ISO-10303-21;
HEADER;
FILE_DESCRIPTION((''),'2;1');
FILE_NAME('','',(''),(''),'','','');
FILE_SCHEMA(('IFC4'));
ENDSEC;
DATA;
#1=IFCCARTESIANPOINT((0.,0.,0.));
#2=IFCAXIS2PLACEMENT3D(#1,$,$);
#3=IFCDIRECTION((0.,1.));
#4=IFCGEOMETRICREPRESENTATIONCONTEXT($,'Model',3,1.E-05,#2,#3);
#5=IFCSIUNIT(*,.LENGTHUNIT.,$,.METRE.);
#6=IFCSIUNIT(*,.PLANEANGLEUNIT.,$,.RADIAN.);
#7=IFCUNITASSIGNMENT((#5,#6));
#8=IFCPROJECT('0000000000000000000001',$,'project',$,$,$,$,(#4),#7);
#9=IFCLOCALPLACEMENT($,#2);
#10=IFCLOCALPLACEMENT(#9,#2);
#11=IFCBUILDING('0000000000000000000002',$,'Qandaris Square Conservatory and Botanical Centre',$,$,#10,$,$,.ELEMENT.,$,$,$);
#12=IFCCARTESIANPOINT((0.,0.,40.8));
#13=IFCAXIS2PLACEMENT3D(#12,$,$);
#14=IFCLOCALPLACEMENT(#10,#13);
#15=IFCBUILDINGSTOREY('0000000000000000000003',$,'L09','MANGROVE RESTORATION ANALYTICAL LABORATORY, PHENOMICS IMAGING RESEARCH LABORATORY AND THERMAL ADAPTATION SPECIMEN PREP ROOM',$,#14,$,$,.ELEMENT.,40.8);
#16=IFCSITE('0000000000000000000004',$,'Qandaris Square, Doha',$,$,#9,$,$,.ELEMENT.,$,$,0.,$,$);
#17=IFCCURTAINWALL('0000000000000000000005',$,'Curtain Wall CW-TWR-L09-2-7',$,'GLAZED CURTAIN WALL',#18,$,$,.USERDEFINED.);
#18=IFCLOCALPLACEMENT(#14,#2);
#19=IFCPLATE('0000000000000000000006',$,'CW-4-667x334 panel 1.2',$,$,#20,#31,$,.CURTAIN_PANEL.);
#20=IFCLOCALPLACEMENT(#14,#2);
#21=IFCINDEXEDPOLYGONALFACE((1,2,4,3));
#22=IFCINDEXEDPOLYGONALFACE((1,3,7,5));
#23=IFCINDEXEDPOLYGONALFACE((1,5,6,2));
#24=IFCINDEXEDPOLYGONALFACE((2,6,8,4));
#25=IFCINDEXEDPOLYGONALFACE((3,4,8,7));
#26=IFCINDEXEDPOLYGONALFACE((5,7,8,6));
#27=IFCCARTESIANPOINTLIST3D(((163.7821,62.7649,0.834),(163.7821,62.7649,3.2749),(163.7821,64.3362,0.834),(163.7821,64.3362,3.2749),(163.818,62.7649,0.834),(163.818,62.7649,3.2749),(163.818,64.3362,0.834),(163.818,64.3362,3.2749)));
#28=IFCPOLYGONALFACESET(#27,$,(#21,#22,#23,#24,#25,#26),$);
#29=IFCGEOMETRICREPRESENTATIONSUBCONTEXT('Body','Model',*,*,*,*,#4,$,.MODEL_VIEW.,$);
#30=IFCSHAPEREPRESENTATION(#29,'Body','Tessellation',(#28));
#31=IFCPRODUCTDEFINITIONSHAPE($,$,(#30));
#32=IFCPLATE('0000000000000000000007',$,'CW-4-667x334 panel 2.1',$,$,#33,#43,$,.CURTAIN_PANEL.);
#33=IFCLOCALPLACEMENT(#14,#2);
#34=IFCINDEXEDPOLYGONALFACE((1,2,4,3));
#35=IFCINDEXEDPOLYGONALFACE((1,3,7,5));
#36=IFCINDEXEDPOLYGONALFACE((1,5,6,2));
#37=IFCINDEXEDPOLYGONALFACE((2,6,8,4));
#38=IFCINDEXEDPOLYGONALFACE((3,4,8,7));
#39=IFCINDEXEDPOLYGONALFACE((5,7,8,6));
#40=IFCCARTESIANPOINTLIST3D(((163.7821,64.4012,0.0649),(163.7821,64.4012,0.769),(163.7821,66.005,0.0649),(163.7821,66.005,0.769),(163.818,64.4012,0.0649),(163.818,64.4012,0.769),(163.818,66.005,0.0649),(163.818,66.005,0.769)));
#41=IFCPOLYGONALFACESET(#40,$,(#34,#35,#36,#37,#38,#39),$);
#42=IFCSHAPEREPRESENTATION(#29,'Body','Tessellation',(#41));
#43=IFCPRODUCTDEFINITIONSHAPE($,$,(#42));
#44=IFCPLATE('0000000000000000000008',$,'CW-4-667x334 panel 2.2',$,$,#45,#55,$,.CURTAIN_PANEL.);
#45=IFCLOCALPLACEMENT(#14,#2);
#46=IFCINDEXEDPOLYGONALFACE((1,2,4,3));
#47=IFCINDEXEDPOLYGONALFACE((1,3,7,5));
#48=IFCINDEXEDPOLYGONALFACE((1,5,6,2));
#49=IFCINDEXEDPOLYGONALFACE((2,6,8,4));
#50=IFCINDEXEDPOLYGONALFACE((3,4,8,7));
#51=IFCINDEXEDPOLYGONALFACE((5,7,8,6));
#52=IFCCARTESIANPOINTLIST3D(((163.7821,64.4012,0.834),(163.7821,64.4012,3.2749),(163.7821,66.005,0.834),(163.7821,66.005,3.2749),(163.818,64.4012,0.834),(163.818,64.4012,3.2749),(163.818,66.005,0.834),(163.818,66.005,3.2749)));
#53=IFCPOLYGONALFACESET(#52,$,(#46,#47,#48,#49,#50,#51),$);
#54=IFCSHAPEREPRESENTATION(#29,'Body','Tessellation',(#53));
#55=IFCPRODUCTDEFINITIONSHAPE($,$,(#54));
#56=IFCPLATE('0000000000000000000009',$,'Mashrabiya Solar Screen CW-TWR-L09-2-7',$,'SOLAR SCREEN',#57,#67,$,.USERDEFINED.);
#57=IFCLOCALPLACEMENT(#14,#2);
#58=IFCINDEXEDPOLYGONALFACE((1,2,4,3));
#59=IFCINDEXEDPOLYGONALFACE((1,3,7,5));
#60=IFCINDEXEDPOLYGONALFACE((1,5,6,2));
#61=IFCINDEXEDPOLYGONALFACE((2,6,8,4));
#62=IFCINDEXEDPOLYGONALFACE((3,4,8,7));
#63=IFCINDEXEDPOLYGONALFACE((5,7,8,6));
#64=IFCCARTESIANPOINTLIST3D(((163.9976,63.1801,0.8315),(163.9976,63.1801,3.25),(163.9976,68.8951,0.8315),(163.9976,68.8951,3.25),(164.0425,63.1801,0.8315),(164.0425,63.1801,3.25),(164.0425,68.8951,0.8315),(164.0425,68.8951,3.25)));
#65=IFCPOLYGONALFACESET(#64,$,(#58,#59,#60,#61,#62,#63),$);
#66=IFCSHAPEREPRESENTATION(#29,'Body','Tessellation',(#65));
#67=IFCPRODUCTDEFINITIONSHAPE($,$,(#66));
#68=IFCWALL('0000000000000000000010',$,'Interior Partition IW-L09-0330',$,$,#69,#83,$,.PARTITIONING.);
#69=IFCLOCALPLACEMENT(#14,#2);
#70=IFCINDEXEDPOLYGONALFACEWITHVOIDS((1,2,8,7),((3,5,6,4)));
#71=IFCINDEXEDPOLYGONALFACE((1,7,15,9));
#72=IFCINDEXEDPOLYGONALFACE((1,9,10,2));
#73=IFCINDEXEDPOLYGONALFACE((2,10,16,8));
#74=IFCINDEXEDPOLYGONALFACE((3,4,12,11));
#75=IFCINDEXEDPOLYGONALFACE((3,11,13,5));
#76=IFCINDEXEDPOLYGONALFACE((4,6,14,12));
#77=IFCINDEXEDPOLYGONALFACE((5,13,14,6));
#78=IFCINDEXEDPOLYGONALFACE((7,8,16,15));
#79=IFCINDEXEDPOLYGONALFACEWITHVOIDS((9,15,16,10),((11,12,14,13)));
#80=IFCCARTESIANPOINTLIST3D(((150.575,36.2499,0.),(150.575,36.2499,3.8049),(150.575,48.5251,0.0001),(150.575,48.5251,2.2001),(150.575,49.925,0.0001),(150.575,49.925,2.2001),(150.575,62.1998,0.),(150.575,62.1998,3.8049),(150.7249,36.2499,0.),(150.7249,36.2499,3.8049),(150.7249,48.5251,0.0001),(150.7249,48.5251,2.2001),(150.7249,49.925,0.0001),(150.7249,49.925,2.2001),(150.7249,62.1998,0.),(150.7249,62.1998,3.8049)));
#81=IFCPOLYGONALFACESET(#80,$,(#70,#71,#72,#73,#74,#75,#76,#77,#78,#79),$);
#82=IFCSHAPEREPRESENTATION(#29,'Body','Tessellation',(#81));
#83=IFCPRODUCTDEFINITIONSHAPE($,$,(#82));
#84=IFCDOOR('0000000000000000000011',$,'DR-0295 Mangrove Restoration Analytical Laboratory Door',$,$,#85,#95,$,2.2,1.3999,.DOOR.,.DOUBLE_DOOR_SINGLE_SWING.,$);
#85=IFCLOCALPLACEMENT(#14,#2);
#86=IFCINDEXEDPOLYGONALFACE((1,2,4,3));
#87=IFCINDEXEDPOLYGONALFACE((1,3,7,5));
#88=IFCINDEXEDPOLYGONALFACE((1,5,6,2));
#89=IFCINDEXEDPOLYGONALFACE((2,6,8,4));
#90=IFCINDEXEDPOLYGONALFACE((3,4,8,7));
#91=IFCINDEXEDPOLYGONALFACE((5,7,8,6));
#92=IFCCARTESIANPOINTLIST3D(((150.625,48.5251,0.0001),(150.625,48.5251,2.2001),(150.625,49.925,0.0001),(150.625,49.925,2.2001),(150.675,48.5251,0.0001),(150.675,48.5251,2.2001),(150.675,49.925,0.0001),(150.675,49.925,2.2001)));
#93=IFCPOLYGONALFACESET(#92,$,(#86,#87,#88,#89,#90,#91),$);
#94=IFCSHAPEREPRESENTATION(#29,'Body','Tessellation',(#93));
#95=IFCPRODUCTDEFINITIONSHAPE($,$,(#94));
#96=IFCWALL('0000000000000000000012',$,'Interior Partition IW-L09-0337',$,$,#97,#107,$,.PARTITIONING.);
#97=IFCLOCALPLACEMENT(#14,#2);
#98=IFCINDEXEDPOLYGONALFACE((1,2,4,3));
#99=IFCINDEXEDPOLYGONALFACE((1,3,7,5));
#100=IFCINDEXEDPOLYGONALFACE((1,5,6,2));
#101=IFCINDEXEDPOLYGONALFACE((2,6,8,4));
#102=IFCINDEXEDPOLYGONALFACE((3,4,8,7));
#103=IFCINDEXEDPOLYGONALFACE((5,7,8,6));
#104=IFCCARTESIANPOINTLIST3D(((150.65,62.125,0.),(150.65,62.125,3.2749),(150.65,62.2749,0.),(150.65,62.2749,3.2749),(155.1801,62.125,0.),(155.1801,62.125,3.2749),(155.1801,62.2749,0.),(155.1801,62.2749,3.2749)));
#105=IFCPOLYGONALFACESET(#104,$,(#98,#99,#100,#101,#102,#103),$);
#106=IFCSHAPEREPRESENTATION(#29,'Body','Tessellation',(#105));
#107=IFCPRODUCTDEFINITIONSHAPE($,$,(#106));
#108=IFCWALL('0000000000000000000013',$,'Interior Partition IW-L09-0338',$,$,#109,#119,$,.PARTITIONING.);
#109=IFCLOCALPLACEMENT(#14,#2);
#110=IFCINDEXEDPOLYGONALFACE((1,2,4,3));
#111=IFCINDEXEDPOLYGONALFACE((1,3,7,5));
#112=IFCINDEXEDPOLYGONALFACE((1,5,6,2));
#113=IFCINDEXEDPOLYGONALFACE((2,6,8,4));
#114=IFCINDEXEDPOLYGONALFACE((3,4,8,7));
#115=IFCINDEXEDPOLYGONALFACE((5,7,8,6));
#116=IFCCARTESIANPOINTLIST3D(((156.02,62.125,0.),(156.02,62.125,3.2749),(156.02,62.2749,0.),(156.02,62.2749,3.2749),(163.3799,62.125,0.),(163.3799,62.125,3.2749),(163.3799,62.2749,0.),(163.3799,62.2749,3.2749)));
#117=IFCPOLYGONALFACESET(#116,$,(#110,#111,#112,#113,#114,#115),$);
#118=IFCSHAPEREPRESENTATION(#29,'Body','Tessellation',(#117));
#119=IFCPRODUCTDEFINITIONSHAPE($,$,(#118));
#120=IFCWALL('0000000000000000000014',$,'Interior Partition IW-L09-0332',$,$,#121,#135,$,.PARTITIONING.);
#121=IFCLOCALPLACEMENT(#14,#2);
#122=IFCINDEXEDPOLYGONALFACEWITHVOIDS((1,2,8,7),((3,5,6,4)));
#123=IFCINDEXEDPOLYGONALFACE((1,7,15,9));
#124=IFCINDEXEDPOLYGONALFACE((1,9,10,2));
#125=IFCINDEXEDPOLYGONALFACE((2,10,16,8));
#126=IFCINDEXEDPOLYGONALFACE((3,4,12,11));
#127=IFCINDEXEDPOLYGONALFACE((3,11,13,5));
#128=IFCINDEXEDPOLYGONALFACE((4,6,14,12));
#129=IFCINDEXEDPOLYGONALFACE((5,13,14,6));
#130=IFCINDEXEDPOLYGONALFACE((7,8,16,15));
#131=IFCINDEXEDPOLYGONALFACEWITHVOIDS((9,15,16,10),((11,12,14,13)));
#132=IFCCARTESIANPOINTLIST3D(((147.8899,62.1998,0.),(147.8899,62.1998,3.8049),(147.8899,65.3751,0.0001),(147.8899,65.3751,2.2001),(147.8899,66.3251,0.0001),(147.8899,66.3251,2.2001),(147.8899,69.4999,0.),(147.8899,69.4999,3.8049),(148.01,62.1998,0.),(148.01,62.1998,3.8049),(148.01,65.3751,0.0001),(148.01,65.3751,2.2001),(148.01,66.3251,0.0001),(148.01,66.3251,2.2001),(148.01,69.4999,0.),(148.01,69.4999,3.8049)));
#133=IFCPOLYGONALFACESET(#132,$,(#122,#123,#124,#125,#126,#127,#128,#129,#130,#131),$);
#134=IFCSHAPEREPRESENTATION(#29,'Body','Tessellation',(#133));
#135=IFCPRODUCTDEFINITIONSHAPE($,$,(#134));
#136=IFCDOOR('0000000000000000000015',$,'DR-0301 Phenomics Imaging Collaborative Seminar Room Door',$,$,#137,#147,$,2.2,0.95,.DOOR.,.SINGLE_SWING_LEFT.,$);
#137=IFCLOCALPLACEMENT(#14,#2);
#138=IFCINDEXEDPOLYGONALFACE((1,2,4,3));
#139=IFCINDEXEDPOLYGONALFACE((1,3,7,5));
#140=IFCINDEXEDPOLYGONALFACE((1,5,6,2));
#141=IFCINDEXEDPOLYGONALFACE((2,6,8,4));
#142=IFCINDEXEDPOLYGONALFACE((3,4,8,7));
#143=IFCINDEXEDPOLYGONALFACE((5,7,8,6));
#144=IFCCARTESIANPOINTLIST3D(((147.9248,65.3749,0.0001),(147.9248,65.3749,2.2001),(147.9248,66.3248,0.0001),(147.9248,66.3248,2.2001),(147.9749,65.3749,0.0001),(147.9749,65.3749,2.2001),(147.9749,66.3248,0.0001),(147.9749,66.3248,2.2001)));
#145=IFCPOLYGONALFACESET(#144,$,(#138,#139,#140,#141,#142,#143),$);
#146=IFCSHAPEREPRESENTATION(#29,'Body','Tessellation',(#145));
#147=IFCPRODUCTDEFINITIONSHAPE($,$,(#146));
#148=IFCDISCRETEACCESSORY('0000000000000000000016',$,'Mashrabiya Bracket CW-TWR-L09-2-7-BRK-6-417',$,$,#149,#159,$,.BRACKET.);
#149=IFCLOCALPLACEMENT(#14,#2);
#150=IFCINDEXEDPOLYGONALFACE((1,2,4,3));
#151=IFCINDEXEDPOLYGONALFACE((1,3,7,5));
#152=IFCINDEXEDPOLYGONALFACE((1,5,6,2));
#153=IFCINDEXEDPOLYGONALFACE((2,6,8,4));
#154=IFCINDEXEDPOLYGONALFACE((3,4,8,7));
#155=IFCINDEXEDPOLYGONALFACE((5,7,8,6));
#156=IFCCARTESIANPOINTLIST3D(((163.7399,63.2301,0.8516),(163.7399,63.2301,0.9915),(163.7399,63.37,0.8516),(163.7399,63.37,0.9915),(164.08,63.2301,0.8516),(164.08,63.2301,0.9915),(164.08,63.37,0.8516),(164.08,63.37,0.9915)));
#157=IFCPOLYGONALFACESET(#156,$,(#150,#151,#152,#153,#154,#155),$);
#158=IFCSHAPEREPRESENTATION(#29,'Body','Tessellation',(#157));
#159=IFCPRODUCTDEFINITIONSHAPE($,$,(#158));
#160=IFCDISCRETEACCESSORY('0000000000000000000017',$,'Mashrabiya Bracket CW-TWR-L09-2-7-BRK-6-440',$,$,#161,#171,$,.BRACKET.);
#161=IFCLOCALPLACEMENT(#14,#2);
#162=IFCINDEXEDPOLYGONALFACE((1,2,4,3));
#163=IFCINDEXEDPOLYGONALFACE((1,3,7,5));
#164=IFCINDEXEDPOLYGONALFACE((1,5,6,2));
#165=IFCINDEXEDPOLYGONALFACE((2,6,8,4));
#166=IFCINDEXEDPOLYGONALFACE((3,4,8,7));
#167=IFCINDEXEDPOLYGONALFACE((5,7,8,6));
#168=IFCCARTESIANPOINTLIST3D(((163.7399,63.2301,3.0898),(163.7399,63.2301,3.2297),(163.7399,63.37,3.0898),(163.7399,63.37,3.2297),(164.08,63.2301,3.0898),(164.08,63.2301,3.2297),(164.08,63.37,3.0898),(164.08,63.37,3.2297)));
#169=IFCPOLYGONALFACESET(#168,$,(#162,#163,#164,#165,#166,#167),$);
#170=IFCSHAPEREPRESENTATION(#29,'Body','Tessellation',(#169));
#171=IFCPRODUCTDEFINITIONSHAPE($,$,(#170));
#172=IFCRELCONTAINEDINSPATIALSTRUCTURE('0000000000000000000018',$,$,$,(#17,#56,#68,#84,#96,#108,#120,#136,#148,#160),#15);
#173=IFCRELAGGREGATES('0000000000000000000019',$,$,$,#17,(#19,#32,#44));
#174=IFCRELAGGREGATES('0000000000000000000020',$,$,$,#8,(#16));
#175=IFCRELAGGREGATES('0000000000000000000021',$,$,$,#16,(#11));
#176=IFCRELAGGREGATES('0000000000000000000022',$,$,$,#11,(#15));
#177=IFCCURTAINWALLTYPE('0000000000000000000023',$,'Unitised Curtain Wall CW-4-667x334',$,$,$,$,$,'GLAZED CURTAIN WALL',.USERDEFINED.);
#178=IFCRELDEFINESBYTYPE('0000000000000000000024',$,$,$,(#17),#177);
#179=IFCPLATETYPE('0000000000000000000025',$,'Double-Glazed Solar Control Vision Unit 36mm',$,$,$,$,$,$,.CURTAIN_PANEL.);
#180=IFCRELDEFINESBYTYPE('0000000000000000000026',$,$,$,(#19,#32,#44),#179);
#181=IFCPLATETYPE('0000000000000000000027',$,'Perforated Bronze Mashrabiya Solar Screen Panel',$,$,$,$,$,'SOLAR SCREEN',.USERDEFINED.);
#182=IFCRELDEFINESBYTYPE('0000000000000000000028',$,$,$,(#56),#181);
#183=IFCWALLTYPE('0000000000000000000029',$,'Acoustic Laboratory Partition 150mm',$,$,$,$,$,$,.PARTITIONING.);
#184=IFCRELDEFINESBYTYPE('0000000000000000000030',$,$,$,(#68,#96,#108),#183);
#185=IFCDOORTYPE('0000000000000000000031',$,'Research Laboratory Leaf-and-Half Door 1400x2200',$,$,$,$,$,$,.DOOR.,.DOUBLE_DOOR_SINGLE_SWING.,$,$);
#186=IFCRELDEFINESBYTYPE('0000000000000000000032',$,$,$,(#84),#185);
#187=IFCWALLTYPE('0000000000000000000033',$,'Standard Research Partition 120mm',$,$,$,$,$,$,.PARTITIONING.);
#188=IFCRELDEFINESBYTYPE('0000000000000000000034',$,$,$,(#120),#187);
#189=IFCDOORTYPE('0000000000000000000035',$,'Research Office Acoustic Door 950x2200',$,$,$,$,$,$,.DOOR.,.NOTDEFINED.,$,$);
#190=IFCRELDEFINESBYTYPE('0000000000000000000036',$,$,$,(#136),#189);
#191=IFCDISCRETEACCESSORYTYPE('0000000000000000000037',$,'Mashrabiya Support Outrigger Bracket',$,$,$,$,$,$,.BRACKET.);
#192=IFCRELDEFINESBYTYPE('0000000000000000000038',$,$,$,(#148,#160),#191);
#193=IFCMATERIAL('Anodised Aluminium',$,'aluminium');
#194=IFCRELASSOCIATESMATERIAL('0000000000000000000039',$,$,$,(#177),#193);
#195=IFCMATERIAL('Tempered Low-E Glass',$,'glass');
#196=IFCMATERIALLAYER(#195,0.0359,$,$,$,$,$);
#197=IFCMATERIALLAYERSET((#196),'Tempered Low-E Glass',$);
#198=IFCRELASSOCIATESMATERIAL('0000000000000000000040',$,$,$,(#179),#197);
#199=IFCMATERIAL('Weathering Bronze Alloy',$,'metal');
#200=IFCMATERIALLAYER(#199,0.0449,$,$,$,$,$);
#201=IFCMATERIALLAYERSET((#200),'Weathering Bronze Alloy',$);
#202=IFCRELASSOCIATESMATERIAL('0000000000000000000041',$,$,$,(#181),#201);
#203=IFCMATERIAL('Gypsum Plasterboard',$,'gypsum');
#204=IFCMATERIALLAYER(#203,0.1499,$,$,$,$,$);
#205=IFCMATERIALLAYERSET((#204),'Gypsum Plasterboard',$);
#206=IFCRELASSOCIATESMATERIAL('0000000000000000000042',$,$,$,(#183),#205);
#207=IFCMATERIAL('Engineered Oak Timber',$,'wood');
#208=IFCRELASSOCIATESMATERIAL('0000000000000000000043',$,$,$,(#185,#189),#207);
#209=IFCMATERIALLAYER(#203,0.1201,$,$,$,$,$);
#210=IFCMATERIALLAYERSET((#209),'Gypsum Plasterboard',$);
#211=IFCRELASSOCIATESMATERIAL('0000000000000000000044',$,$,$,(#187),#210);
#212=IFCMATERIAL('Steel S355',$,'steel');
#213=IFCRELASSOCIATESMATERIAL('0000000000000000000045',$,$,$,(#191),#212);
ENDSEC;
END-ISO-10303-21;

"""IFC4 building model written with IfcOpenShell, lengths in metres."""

from ifc_helpers import new_model, si_unit, direction, frame, frame_2d, origin, origin_2d, place, context, subcontext, project, spatial, rectangle, extrude, material, layer, layer_set, type_object, element, fill, aggregate, save


model = new_model("IFC4")

# Units and contexts
model_context = context("Model", 3, precision=1e-05, world=origin(), true_north=direction((0.0, 1.0)))
body_context = subcontext(model_context, "Body", "Model", "MODEL_VIEW")
ifc_project = project(units=[si_unit("LENGTHUNIT", "METRE"), si_unit("PLANEANGLEUNIT", "RADIAN")], contexts=[model_context])

# Site, building, storey
site_placement = place(None, origin())
site = spatial("IfcSite", under=ifc_project, at=site_placement, Name="Qandaris Square, Doha", CompositionType="ELEMENT", RefElevation=0.0)
building_placement = place(site_placement, origin())
building = spatial("IfcBuilding", under=site, at=building_placement, Name="Qandaris Square Conservatory and Botanical Centre", CompositionType="ELEMENT")
storey_placement = place(building_placement, frame((0.0, 0.0, 40.8)))
storey = spatial("IfcBuildingStorey", under=building, at=storey_placement, Name="L09", Description="MANGROVE RESTORATION ANALYTICAL LABORATORY, PHENOMICS IMAGING RESEARCH LABORATORY AND THERMAL ADAPTATION SPECIMEN PREP ROOM", CompositionType="ELEMENT", Elevation=40.8)

# Shared definitions
ifc_material_1 = material(Name="Steel S355", Category="steel")

# Curtain wall
ifc_material_2 = material(Name="Anodised Aluminium", Category="aluminium")
curtain_wall_type = type_object("IfcCurtainWallType", Name="Unitised Curtain Wall CW-4-667x334", ElementType="GLAZED CURTAIN WALL", PredefinedType="USERDEFINED", material=ifc_material_2)
curtain_wall_placement = place(storey_placement, origin())
curtain_wall = element("IfcCurtainWall", 1, at=curtain_wall_placement, inside=storey, type_object=curtain_wall_type, Name="Curtain Wall CW-TWR-L09-2-7", ObjectType="GLAZED CURTAIN WALL", PredefinedType="USERDEFINED")

# Plates
ifc_material_3 = material(Name="Tempered Low-E Glass", Category="glass")
ifc_layer_1 = layer(ifc_material_3, 0.0359)
ifc_layer_set_1 = layer_set([ifc_layer_1], Name="Tempered Low-E Glass")
plate_type_1 = type_object("IfcPlateType", Name="Double-Glazed Solar Control Vision Unit 36mm", PredefinedType="CURTAIN_PANEL", material=ifc_layer_set_1)
plate_1_placement = place(storey_placement, frame((163.8, 63.5505, 0.834), z_axis=(0.0, 0.0, 1.0), x_axis=(0.0, 1.0, 0.0)))
plate_1 = element("IfcPlate", 2, at=plate_1_placement, type_object=plate_type_1, Name="CW-4-667x334 panel 1.2", PredefinedType="CURTAIN_PANEL", context=body_context, shape_type="SweptSolid", body=[
    extrude(rectangle(XDim=1.5713, YDim=0.0359, at=origin_2d()), origin(), (0.0, 0.0, 1.0), 2.4409),
])
plate_2_placement = place(storey_placement, frame((163.8, 65.2031, 0.0649), z_axis=(0.0, 0.0, 1.0), x_axis=(0.0, 1.0, 0.0)))
plate_2 = element("IfcPlate", 3, at=plate_2_placement, type_object=plate_type_1, Name="CW-4-667x334 panel 2.1", PredefinedType="CURTAIN_PANEL", context=body_context, shape_type="SweptSolid", body=[
    extrude(rectangle(XDim=1.6038, YDim=0.0359, at=origin_2d()), origin(), (0.0, 0.0, 1.0), 0.7041),
])
plate_3_placement = place(storey_placement, frame((163.8, 65.2031, 0.834), z_axis=(0.0, 0.0, 1.0), x_axis=(0.0, 1.0, 0.0)))
plate_3 = element("IfcPlate", 4, at=plate_3_placement, type_object=plate_type_1, Name="CW-4-667x334 panel 2.2", PredefinedType="CURTAIN_PANEL", context=body_context, shape_type="SweptSolid", body=[
    extrude(rectangle(XDim=1.6038, YDim=0.0359, at=origin_2d()), origin(), (0.0, 0.0, 1.0), 2.4409),
])
aggregate(curtain_wall, [plate_1, plate_2, plate_3])
ifc_material_4 = material(Name="Weathering Bronze Alloy", Category="metal")
ifc_layer_2 = layer(ifc_material_4, 0.0449)
ifc_layer_set_2 = layer_set([ifc_layer_2], Name="Weathering Bronze Alloy")
plate_type_2 = type_object("IfcPlateType", Name="Perforated Bronze Mashrabiya Solar Screen Panel", ElementType="SOLAR SCREEN", PredefinedType="USERDEFINED", material=ifc_layer_set_2)
plate_4_placement = place(storey_placement, frame((164.02, 66.0376, 0.8315), z_axis=(0.0, 0.0, 1.0), x_axis=(0.0, 1.0, 0.0)))
element("IfcPlate", 5, at=plate_4_placement, inside=storey, type_object=plate_type_2, Name="Mashrabiya Solar Screen CW-TWR-L09-2-7", ObjectType="SOLAR SCREEN", PredefinedType="USERDEFINED", context=body_context, shape_type="SweptSolid", body=[
    extrude(rectangle(XDim=5.7151, YDim=0.0449, at=origin_2d()), origin(), (0.0, 0.0, 1.0), 2.4185),
])

# Wall, opening, door
ifc_material_5 = material(Name="Gypsum Plasterboard", Category="gypsum")
ifc_layer_3 = layer(ifc_material_5, 0.1499)
ifc_layer_set_3 = layer_set([ifc_layer_3], Name="Gypsum Plasterboard")
wall_type_1 = type_object("IfcWallType", Name="Acoustic Laboratory Partition 150mm", PredefinedType="PARTITIONING", material=ifc_layer_set_3)
wall_1_placement = place(storey_placement, frame((150.6499, 62.2, 0.0), z_axis=(0.0, 0.0, 1.0), x_axis=(0.0, -1.0, 0.0)))
wall_1 = element("IfcWall", 6, at=wall_1_placement, inside=storey, type_object=wall_type_1, Name="Interior Partition IW-L09-0330", PredefinedType="PARTITIONING", context=body_context, shape_type="SweptSolid", body=[
    extrude(rectangle(XDim=25.95, YDim=0.1499, at=frame_2d((12.9751, 0.0))), origin(), (0.0, 0.0, 1.0), 3.8049),
])
opening_1_placement = place(wall_1_placement, frame((12.2749, 0.0, 0.0)))
opening_1 = element("IfcOpeningElement", 7, at=opening_1_placement, cuts=wall_1, PredefinedType="OPENING", context=body_context, shape_type="SweptSolid", body=[
    extrude(rectangle(XDim=1.3999, YDim=2.2, at=frame_2d((0.7, 1.1001))), frame((0.0, 0.0869, 0.0), z_axis=(0.0, -1.0, 0.0), x_axis=(1.0, 0.0, 0.0)), (0.0, 0.0, 1.0), 0.1738),
])
ifc_material_6 = material(Name="Engineered Oak Timber", Category="wood")
door_type_1 = type_object("IfcDoorType", Name="Research Laboratory Leaf-and-Half Door 1400x2200", OperationType="DOUBLE_DOOR_SINGLE_SWING", PredefinedType="DOOR", material=ifc_material_6)
door_1_placement = place(opening_1_placement, frame((1.3999, 0.0, 0.0), z_axis=(0.0, 0.0, 1.0), x_axis=(-1.0, 0.0, 0.0)))
door_1 = element("IfcDoor", 8, at=door_1_placement, inside=storey, type_object=door_type_1, Name="DR-0295 Mangrove Restoration Analytical Laboratory Door", OperationType="DOUBLE_DOOR_SINGLE_SWING", OverallHeight=2.2, OverallWidth=1.3999, PredefinedType="DOOR", context=body_context, shape_type="SweptSolid", body=[
    extrude(rectangle(XDim=1.3999, YDim=2.2, at=frame_2d((0.7, 1.1001))), frame((0.0, 0.0249, 0.0), z_axis=(0.0, -1.0, 0.0), x_axis=(1.0, 0.0, 0.0)), (0.0, 0.0, 1.0), 0.05),
])
fill(opening_1, door_1)

# Walls
wall_2_placement = place(storey_placement, frame((150.6499, 62.2, 0.0), z_axis=(0.0, 0.0, 1.0), x_axis=(1.0, 0.0, 0.0)))
element("IfcWall", 9, at=wall_2_placement, inside=storey, type_object=wall_type_1, Name="Interior Partition IW-L09-0337", PredefinedType="PARTITIONING", context=body_context, shape_type="SweptSolid", body=[
    extrude(rectangle(XDim=4.53, YDim=0.1499, at=frame_2d((2.2651, 0.0))), origin(), (0.0, 0.0, 1.0), 3.2749),
])
wall_3_placement = place(storey_placement, frame((156.02, 62.2, 0.0), z_axis=(0.0, 0.0, 1.0), x_axis=(1.0, 0.0, 0.0)))
element("IfcWall", 10, at=wall_3_placement, inside=storey, type_object=wall_type_1, Name="Interior Partition IW-L09-0338", PredefinedType="PARTITIONING", context=body_context, shape_type="SweptSolid", body=[
    extrude(rectangle(XDim=7.3599, YDim=0.1499, at=frame_2d((3.6799, 0.0))), origin(), (0.0, 0.0, 1.0), 3.2749),
])

# Wall, opening, door
ifc_layer_4 = layer(ifc_material_5, 0.1201)
ifc_layer_set_4 = layer_set([ifc_layer_4], Name="Gypsum Plasterboard")
wall_type_2 = type_object("IfcWallType", Name="Standard Research Partition 120mm", PredefinedType="PARTITIONING", material=ifc_layer_set_4)
wall_4_placement = place(storey_placement, frame((147.95, 62.2, 0.0), z_axis=(0.0, 0.0, 1.0), x_axis=(0.0, 1.0, 0.0)))
wall_4 = element("IfcWall", 11, at=wall_4_placement, inside=storey, type_object=wall_type_2, Name="Interior Partition IW-L09-0332", PredefinedType="PARTITIONING", context=body_context, shape_type="SweptSolid", body=[
    extrude(rectangle(XDim=7.3, YDim=0.1201, at=frame_2d((3.6499, 0.0))), origin(), (0.0, 0.0, 1.0), 3.8049),
])
opening_2_placement = place(wall_4_placement, frame((3.175, 0.0, 0.0)))
opening_2 = element("IfcOpeningElement", 12, at=opening_2_placement, cuts=wall_4, PredefinedType="OPENING", context=body_context, shape_type="SweptSolid", body=[
    extrude(rectangle(XDim=0.95, YDim=2.2, at=frame_2d((0.4751, 1.1001))), frame((0.0, 0.072, 0.0), z_axis=(0.0, -1.0, 0.0), x_axis=(1.0, 0.0, 0.0)), (0.0, 0.0, 1.0), 0.144),
])
door_type_2 = type_object("IfcDoorType", Name="Research Office Acoustic Door 950x2200", OperationType="NOTDEFINED", PredefinedType="DOOR", material=ifc_material_6)
door_2_placement = place(opening_2_placement, frame((0.95, 0.0, 0.0), z_axis=(0.0, 0.0, 1.0), x_axis=(-1.0, 0.0, 0.0)))
door_2 = element("IfcDoor", 13, at=door_2_placement, inside=storey, type_object=door_type_2, Name="DR-0301 Phenomics Imaging Collaborative Seminar Room Door", OperationType="SINGLE_SWING_LEFT", OverallHeight=2.2, OverallWidth=0.95, PredefinedType="DOOR", context=body_context, shape_type="SweptSolid", body=[
    extrude(rectangle(XDim=0.95, YDim=2.2, at=frame_2d((0.4751, 1.1001))), frame((0.0, 0.0249, 0.0), z_axis=(0.0, -1.0, 0.0), x_axis=(1.0, 0.0, 0.0)), (0.0, 0.0, 1.0), 0.05),
])
fill(opening_2, door_2)

# Discrete accessories
discrete_accessory_type = type_object("IfcDiscreteAccessoryType", Name="Mashrabiya Support Outrigger Bracket", PredefinedType="BRACKET", material=ifc_material_1)
for number, where, z_axis, x_axis, name in (
    (14, (163.9099, 63.3, 0.8516), (0.0, 0.0, 1.0), (0.0, 1.0, 0.0), "Mashrabiya Bracket CW-TWR-L09-2-7-BRK-6-417"),
    (15, (163.9099, 63.3, 3.0898), (0.0, 0.0, 1.0), (0.0, 1.0, 0.0), "Mashrabiya Bracket CW-TWR-L09-2-7-BRK-6-440"),
):
    element("IfcDiscreteAccessory", number, at=place(storey_placement, frame(where, z_axis=z_axis, x_axis=x_axis)), inside=storey, type_object=discrete_accessory_type, Name=name, PredefinedType="BRACKET", context=body_context, shape_type="SweptSolid", body=[
        extrude(rectangle(XDim=0.1399, YDim=0.3401, at=origin_2d()), origin(), (0.0, 0.0, 1.0), 0.1399),
    ])

save(model, "model.ifc")
